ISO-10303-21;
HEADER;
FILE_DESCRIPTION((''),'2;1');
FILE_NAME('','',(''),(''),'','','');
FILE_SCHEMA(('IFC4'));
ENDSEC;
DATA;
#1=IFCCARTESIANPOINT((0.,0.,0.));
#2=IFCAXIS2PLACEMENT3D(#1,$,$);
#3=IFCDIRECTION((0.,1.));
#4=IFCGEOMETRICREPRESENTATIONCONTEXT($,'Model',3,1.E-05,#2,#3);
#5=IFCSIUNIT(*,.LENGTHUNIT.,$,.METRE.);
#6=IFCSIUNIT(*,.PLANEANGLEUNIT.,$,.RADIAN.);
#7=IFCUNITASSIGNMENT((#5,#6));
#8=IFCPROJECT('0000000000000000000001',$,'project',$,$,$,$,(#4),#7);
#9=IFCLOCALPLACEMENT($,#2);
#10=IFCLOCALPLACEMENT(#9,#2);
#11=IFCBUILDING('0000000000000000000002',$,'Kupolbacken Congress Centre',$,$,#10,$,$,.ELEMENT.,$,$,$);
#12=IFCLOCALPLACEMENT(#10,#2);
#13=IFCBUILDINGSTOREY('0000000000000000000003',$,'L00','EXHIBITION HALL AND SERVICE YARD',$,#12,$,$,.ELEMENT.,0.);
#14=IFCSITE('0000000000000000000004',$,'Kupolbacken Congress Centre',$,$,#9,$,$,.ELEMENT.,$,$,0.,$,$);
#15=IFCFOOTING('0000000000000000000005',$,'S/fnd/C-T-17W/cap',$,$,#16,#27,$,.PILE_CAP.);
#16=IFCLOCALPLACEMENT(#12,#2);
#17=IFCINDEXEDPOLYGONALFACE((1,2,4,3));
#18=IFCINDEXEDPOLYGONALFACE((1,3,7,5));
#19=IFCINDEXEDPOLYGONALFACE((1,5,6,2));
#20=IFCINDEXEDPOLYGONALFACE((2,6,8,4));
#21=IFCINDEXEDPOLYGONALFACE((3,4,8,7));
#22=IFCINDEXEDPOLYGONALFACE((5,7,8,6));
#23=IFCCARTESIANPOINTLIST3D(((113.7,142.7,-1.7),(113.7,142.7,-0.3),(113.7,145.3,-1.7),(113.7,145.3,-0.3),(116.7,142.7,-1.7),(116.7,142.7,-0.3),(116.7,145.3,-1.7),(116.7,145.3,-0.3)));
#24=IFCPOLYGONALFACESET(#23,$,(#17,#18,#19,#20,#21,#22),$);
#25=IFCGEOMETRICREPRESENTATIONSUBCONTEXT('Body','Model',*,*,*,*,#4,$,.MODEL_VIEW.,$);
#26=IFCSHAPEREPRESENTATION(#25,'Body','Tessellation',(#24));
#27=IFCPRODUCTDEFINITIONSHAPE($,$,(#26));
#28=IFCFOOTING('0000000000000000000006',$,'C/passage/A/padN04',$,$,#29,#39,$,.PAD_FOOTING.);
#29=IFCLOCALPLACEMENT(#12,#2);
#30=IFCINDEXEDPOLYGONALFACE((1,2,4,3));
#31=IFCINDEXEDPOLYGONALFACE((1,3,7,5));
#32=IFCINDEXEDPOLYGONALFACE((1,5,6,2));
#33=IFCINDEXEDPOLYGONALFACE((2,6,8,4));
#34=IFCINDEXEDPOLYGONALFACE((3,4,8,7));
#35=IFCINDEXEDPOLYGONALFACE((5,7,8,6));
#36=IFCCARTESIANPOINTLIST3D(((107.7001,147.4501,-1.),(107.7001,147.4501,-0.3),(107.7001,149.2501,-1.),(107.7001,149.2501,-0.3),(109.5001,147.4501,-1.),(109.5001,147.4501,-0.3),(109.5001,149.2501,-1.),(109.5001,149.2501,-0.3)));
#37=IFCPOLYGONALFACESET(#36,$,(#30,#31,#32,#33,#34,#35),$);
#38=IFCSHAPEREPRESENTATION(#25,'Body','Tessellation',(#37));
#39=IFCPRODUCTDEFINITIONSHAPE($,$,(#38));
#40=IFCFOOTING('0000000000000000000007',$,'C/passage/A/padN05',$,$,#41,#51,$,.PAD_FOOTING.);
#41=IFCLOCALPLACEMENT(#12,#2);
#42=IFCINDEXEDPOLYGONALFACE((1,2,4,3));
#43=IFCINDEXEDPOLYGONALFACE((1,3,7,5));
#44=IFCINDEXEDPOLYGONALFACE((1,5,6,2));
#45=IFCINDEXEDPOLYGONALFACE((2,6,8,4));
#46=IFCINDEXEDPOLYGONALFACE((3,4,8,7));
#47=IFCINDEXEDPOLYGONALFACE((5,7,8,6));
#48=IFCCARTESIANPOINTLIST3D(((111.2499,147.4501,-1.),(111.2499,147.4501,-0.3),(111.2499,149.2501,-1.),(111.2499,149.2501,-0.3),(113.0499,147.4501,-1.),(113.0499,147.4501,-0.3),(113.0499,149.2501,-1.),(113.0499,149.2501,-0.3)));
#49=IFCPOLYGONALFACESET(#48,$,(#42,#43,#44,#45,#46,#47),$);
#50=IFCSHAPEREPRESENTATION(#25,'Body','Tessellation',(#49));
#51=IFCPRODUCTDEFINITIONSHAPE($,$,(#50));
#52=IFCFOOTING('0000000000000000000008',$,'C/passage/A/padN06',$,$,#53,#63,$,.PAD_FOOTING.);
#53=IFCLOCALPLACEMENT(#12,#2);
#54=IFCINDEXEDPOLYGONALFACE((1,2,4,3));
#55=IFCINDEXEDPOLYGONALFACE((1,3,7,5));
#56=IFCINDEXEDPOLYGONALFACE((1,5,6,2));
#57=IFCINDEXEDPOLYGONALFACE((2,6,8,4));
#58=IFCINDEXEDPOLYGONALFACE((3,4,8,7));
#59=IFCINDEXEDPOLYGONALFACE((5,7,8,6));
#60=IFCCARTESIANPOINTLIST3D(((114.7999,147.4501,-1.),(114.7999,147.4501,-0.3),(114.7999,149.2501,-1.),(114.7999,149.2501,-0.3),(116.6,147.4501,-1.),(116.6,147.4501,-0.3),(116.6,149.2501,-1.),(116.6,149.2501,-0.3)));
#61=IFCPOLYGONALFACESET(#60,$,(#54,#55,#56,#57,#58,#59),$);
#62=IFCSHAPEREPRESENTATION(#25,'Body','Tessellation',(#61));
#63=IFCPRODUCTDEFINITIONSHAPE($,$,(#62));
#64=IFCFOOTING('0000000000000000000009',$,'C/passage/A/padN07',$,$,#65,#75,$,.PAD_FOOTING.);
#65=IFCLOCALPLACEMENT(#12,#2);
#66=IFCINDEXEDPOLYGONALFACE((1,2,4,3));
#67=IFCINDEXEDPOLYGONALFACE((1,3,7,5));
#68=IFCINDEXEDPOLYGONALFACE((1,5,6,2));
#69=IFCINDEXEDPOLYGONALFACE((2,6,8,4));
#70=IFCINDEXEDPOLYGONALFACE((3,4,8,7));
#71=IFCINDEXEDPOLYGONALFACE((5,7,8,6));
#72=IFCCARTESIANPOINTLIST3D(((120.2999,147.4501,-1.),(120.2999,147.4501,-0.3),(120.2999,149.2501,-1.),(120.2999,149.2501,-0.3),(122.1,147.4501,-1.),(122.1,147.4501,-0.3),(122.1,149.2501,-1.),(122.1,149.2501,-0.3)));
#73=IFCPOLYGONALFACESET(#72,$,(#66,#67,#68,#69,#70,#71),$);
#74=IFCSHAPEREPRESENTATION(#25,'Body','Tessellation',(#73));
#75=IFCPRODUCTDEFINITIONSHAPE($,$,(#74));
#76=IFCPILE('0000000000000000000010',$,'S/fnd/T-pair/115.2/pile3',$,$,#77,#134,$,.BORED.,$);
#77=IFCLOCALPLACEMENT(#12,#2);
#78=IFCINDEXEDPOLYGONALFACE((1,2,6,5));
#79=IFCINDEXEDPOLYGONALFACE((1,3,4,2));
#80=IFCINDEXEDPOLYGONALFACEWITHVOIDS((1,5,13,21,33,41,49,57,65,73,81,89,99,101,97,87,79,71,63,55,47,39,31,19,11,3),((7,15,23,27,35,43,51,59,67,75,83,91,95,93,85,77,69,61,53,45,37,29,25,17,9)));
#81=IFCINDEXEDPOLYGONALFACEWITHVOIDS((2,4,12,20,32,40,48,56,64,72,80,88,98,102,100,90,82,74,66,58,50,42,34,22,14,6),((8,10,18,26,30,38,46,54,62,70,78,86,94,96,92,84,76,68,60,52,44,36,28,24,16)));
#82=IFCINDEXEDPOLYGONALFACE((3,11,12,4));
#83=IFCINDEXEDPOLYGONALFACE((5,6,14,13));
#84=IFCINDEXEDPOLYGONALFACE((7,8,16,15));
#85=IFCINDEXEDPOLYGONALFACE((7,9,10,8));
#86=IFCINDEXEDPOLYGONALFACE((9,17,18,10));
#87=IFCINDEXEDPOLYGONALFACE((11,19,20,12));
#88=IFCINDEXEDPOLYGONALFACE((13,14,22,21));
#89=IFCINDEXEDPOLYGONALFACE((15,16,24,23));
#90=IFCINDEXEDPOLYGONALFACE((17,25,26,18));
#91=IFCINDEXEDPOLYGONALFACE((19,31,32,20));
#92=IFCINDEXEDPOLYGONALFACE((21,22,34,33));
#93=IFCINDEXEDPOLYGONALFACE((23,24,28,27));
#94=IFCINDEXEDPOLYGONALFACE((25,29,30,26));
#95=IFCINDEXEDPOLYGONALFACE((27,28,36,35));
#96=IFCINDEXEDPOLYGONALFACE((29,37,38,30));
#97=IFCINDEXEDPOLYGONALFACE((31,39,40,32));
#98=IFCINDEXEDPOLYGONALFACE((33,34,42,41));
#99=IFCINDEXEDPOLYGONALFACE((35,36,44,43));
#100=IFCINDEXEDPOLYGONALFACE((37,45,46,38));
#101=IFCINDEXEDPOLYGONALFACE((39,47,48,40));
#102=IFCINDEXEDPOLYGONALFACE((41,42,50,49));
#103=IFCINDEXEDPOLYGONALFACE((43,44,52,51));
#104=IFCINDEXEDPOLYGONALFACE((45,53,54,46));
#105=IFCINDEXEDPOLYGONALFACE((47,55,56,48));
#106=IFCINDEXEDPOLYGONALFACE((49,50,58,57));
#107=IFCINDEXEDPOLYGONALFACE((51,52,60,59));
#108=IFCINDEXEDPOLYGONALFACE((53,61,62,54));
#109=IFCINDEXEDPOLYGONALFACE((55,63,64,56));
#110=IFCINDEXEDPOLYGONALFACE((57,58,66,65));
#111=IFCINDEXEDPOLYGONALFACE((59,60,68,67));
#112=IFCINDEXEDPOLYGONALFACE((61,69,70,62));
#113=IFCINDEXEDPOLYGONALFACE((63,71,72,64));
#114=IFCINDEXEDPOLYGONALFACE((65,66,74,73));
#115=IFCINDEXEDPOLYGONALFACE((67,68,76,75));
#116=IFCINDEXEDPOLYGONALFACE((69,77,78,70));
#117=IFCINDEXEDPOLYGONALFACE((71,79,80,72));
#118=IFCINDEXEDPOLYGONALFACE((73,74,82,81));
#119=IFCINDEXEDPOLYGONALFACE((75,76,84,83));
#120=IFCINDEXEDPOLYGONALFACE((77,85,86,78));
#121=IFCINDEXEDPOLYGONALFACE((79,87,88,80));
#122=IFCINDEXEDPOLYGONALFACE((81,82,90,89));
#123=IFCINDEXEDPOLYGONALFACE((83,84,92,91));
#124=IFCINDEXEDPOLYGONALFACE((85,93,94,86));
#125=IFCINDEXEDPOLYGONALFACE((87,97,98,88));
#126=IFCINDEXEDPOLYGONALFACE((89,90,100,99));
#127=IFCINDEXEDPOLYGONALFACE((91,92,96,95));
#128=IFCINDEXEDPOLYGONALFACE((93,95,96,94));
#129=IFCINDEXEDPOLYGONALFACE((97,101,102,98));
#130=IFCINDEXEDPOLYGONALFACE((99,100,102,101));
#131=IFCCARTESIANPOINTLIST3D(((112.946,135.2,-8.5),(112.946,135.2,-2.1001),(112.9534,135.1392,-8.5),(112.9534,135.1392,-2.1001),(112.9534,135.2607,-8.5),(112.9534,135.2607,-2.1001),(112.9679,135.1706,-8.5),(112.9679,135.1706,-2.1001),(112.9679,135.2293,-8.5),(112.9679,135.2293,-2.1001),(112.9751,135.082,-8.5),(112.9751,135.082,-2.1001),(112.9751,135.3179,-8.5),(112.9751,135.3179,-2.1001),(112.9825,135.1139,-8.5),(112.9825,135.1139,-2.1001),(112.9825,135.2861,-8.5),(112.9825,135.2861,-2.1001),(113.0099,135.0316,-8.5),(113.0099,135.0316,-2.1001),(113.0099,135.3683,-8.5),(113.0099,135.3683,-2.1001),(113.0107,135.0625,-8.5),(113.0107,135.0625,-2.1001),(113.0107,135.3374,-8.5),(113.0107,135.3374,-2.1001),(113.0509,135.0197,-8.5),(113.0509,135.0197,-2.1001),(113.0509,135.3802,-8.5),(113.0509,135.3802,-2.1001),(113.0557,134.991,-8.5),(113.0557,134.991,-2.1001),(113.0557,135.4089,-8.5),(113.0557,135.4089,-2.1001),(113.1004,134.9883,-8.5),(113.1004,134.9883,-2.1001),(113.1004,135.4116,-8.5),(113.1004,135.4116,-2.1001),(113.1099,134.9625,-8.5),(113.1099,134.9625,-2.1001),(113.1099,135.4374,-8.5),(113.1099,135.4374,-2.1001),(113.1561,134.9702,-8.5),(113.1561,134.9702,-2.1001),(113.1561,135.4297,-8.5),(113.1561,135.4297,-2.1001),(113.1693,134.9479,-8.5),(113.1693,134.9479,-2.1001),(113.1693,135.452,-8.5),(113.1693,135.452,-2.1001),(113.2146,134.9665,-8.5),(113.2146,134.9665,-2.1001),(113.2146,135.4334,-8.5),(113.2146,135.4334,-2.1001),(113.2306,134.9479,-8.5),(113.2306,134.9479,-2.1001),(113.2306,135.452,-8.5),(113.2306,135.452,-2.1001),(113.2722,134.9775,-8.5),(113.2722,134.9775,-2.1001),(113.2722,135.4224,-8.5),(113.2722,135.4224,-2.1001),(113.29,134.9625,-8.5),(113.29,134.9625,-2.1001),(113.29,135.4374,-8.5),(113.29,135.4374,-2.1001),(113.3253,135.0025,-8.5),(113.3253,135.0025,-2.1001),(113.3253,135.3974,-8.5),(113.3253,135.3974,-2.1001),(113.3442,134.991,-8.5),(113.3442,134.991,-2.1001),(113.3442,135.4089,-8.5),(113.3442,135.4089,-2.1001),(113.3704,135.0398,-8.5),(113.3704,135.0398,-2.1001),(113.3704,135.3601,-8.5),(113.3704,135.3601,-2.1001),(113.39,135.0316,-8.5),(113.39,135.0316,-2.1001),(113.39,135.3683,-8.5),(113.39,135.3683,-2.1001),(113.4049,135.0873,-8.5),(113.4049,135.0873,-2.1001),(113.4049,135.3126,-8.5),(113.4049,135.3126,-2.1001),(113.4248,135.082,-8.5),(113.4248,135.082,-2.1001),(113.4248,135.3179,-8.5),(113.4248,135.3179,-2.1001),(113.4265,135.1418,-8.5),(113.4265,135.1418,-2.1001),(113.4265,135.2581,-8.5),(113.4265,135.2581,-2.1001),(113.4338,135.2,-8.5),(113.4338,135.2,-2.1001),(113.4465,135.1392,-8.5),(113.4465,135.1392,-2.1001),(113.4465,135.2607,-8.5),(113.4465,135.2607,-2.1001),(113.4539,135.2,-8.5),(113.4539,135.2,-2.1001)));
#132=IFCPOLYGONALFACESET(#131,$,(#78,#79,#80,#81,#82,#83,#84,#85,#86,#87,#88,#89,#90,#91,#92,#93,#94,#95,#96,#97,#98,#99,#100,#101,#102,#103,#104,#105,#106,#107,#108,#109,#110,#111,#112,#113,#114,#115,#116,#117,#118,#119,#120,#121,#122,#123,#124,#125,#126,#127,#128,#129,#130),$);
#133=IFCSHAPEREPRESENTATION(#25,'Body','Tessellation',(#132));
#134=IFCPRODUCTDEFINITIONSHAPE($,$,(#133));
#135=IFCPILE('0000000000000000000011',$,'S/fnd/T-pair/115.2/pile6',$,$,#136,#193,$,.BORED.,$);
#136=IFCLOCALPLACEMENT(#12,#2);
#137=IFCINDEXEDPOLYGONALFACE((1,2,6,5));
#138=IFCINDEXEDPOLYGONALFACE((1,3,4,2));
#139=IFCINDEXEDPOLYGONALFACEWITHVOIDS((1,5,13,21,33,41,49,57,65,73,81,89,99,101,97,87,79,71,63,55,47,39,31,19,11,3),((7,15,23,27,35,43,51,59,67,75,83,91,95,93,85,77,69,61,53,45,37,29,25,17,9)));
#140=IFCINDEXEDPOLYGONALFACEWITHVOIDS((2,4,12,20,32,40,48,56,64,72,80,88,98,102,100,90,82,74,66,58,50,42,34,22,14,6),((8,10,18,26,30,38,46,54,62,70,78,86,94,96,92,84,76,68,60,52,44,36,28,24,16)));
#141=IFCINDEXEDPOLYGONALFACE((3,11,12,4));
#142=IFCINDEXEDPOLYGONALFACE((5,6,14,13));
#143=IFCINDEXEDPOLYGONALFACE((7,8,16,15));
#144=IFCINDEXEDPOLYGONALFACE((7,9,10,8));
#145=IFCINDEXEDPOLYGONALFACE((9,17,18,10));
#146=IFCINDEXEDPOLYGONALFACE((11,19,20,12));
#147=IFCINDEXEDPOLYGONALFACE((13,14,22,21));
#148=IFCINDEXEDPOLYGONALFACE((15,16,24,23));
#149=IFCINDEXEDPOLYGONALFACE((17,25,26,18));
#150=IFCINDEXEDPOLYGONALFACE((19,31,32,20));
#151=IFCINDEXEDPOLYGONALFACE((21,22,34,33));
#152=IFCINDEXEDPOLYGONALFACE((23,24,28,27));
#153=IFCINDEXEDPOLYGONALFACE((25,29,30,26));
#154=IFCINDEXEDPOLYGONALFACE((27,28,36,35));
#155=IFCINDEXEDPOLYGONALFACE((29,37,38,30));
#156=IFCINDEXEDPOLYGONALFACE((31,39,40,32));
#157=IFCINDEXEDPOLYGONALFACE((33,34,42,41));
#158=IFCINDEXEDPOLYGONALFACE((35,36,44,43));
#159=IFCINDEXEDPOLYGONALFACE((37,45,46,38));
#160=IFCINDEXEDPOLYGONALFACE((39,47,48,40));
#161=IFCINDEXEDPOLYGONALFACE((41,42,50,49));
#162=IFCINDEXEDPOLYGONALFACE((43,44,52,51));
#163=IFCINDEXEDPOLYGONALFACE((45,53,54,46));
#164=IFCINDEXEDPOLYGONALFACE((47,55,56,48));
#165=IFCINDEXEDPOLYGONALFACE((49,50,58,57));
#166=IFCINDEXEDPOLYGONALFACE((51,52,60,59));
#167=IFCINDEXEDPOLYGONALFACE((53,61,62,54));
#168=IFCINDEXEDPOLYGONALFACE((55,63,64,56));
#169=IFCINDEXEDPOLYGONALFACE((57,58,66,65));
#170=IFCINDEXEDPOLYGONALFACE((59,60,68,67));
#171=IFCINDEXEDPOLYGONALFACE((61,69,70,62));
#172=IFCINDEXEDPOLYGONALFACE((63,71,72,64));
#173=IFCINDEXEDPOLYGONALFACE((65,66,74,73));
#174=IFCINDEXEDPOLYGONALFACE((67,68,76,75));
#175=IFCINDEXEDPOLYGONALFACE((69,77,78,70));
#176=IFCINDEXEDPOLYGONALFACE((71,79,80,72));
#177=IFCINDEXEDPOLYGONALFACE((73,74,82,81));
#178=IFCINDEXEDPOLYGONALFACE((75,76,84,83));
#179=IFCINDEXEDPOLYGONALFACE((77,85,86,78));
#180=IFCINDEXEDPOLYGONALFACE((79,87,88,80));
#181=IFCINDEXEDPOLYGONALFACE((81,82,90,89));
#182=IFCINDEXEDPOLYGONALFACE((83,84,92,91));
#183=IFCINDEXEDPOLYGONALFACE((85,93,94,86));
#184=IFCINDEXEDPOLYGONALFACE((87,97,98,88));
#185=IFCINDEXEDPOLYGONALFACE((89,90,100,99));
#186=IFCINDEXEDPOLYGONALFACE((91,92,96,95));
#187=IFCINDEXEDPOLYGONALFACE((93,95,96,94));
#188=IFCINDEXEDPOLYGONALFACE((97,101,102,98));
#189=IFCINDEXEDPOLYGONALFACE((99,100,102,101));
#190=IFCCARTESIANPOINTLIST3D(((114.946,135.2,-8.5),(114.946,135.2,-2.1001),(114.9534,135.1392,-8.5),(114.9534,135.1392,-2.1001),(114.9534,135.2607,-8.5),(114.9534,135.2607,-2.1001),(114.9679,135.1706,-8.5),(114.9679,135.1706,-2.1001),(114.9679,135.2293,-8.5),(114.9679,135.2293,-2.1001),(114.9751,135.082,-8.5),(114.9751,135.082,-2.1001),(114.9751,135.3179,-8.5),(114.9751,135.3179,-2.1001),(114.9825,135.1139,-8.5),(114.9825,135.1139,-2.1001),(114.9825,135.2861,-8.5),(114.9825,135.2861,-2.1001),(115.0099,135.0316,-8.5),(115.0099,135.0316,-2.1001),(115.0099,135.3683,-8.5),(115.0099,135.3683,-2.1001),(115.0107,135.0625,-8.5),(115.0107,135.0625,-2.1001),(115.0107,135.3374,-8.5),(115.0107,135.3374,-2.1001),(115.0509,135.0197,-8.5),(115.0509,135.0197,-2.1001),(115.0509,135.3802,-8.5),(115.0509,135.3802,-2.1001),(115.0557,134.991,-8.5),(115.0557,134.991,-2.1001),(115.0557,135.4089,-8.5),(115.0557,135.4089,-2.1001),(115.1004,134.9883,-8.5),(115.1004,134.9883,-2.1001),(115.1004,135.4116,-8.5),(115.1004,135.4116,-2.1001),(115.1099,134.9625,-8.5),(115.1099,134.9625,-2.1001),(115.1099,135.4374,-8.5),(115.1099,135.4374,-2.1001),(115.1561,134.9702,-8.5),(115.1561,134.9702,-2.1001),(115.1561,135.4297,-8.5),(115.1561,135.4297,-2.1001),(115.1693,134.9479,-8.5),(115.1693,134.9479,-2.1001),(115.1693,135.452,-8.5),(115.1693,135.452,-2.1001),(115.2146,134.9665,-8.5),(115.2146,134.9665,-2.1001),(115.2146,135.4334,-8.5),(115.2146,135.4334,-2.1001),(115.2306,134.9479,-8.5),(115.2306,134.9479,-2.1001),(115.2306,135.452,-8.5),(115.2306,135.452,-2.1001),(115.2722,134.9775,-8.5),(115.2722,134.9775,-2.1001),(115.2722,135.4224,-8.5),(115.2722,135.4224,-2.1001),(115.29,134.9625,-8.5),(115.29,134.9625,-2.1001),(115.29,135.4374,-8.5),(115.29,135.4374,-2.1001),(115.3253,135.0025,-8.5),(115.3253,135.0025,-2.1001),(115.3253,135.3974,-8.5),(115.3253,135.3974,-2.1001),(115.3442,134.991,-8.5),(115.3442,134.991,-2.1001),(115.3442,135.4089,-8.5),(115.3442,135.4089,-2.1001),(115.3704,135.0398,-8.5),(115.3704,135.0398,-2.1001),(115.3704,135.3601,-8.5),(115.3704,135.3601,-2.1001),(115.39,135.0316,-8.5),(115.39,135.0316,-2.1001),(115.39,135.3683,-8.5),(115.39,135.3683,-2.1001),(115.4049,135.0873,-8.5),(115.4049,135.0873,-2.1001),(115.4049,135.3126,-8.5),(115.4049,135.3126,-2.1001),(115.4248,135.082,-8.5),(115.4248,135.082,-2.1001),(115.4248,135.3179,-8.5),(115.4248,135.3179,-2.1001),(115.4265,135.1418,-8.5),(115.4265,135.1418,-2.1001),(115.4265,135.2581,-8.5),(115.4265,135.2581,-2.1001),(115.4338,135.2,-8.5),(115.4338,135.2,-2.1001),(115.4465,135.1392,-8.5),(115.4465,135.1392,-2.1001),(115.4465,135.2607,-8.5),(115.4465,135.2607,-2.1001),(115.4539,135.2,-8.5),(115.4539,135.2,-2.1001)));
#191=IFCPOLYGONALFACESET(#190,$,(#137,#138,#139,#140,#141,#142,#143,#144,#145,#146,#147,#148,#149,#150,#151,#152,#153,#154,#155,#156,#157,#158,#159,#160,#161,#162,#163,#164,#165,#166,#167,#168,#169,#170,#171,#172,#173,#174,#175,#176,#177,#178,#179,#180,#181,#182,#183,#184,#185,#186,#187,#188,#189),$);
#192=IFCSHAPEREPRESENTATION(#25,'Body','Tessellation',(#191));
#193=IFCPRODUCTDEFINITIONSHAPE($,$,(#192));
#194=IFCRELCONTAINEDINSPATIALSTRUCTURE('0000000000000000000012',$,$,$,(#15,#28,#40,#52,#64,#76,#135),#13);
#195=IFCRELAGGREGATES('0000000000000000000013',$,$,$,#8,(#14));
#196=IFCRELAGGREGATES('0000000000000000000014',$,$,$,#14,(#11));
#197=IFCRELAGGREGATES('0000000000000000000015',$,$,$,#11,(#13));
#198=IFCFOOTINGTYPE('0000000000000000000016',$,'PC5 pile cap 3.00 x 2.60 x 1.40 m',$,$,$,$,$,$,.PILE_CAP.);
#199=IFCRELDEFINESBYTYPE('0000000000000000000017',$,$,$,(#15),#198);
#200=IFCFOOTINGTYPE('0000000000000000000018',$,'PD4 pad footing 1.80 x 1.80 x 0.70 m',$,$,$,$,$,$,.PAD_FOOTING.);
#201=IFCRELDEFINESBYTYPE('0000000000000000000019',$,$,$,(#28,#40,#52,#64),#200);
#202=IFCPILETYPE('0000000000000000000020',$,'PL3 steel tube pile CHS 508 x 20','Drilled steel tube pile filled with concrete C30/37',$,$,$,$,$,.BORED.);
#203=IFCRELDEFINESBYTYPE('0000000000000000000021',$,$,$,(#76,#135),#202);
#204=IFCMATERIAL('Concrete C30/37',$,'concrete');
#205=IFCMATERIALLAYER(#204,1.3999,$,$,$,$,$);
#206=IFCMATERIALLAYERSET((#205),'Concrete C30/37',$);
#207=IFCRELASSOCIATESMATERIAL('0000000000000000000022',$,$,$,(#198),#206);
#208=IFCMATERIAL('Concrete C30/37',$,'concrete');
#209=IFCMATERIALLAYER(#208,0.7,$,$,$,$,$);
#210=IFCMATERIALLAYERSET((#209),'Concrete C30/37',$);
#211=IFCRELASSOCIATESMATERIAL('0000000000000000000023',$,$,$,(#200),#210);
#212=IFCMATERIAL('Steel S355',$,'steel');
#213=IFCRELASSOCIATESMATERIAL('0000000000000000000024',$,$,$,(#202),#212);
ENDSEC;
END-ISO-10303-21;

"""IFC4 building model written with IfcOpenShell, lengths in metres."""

from ifc_helpers import new_model, si_unit, direction, frame, origin, origin_2d, place, context, subcontext, project, spatial, rectangle, hollow_circle, extrude, material, layer, layer_set, material_profile, profile_set, type_object, element, save


model = new_model("IFC4")

# Units and contexts
model_context = context("Model", 3, precision=1e-05, world=origin(), true_north=direction((0.0, 1.0)))
body_context = subcontext(model_context, "Body", "Model", "MODEL_VIEW")
ifc_project = project(units=[si_unit("LENGTHUNIT", "METRE"), si_unit("PLANEANGLEUNIT", "RADIAN")], contexts=[model_context])

# Site, building, storey
site_placement = place(None, origin())
site = spatial("IfcSite", under=ifc_project, at=site_placement, Name="Kupolbacken Congress Centre", CompositionType="ELEMENT", RefElevation=0.0)
building_placement = place(site_placement, origin())
building = spatial("IfcBuilding", under=site, at=building_placement, Name="Kupolbacken Congress Centre", CompositionType="ELEMENT")
storey_placement = place(building_placement, origin())
storey = spatial("IfcBuildingStorey", under=building, at=storey_placement, Name="L00", Description="EXHIBITION HALL AND SERVICE YARD", CompositionType="ELEMENT", Elevation=0.0)

# Footings
ifc_material_1 = material(Name="Concrete C30/37", Category="concrete")
ifc_layer_1 = layer(ifc_material_1, 1.3999)
ifc_layer_set_1 = layer_set([ifc_layer_1], Name="Concrete C30/37")
footing_type_1 = type_object("IfcFootingType", Name="PC5 pile cap 3.00 x 2.60 x 1.40 m", PredefinedType="PILE_CAP", material=ifc_layer_set_1)
footing_placement = place(storey_placement, frame((115.2, 144.0, -1.7), z_axis=(0.0, 0.0, 1.0), x_axis=(1.0, 0.0, 0.0)))
element("IfcFooting", 1, at=footing_placement, inside=storey, type_object=footing_type_1, Name="S/fnd/C-T-17W/cap", PredefinedType="PILE_CAP", context=body_context, shape_type="SweptSolid", body=[
    extrude(rectangle(XDim=3.0, YDim=2.6001, at=origin_2d()), origin(), (0.0, 0.0, 1.0), 1.3999),
])
ifc_material_2 = material(Name="Concrete C30/37", Category="concrete")
ifc_layer_2 = layer(ifc_material_2, 0.7)
ifc_layer_set_2 = layer_set([ifc_layer_2], Name="Concrete C30/37")
footing_type_2 = type_object("IfcFootingType", Name="PD4 pad footing 1.80 x 1.80 x 0.70 m", PredefinedType="PAD_FOOTING", material=ifc_layer_set_2)
for number, where, z_axis, x_axis, name in (
    (2, (108.6001, 148.3501, -1.0), (0.0, 0.0, 1.0), (1.0, 0.0, 0.0), "C/passage/A/padN04"),
    (3, (112.1499, 148.3501, -1.0), (0.0, 0.0, 1.0), (1.0, 0.0, 0.0), "C/passage/A/padN05"),
    (4, (115.7, 148.3501, -1.0), (0.0, 0.0, 1.0), (1.0, 0.0, 0.0), "C/passage/A/padN06"),
    (5, (121.2, 148.3501, -1.0), (0.0, 0.0, 1.0), (1.0, 0.0, 0.0), "C/passage/A/padN07"),
):
    element("IfcFooting", number, at=place(storey_placement, frame(where, z_axis=z_axis, x_axis=x_axis)), inside=storey, type_object=footing_type_2, Name=name, PredefinedType="PAD_FOOTING", context=body_context, shape_type="SweptSolid", body=[
        extrude(rectangle(XDim=1.8, YDim=1.8, at=origin_2d()), origin(), (0.0, 0.0, 1.0), 0.7),
    ])

# Piles
ifc_material_3 = material(Name="Steel S355", Category="steel")
ifc_material_profile_1 = material_profile(ifc_material_3, hollow_circle(Radius=0.2539, WallThickness=0.02, at=origin_2d()), Name="CHS 508 x 20")
ifc_profile_set_1 = profile_set([ifc_material_profile_1], Name="Steel S355")
pile_type = type_object("IfcPileType", Name="PL3 steel tube pile CHS 508 x 20", Description="Drilled steel tube pile filled with concrete C30/37", PredefinedType="BORED", material=ifc_profile_set_1)
for number, where, z_axis, x_axis, name in (
    (6, (113.2, 135.2, -2.1001), (0.0, 0.0, -1.0), (1.0, 0.0, 0.0), "S/fnd/T-pair/115.2/pile3"),
    (7, (115.2, 135.2, -2.1001), (0.0, 0.0, -1.0), (1.0, 0.0, 0.0), "S/fnd/T-pair/115.2/pile6"),
):
    element("IfcPile", number, at=place(storey_placement, frame(where, z_axis=z_axis, x_axis=x_axis)), inside=storey, type_object=pile_type, Name=name, PredefinedType="BORED", context=body_context, shape_type="SweptSolid", body=[
        extrude(hollow_circle(Radius=0.2539, WallThickness=0.02, at=origin_2d()), origin(), (0.0, 0.0, 1.0), 6.3999),
    ])

save(model, "model.ifc")
